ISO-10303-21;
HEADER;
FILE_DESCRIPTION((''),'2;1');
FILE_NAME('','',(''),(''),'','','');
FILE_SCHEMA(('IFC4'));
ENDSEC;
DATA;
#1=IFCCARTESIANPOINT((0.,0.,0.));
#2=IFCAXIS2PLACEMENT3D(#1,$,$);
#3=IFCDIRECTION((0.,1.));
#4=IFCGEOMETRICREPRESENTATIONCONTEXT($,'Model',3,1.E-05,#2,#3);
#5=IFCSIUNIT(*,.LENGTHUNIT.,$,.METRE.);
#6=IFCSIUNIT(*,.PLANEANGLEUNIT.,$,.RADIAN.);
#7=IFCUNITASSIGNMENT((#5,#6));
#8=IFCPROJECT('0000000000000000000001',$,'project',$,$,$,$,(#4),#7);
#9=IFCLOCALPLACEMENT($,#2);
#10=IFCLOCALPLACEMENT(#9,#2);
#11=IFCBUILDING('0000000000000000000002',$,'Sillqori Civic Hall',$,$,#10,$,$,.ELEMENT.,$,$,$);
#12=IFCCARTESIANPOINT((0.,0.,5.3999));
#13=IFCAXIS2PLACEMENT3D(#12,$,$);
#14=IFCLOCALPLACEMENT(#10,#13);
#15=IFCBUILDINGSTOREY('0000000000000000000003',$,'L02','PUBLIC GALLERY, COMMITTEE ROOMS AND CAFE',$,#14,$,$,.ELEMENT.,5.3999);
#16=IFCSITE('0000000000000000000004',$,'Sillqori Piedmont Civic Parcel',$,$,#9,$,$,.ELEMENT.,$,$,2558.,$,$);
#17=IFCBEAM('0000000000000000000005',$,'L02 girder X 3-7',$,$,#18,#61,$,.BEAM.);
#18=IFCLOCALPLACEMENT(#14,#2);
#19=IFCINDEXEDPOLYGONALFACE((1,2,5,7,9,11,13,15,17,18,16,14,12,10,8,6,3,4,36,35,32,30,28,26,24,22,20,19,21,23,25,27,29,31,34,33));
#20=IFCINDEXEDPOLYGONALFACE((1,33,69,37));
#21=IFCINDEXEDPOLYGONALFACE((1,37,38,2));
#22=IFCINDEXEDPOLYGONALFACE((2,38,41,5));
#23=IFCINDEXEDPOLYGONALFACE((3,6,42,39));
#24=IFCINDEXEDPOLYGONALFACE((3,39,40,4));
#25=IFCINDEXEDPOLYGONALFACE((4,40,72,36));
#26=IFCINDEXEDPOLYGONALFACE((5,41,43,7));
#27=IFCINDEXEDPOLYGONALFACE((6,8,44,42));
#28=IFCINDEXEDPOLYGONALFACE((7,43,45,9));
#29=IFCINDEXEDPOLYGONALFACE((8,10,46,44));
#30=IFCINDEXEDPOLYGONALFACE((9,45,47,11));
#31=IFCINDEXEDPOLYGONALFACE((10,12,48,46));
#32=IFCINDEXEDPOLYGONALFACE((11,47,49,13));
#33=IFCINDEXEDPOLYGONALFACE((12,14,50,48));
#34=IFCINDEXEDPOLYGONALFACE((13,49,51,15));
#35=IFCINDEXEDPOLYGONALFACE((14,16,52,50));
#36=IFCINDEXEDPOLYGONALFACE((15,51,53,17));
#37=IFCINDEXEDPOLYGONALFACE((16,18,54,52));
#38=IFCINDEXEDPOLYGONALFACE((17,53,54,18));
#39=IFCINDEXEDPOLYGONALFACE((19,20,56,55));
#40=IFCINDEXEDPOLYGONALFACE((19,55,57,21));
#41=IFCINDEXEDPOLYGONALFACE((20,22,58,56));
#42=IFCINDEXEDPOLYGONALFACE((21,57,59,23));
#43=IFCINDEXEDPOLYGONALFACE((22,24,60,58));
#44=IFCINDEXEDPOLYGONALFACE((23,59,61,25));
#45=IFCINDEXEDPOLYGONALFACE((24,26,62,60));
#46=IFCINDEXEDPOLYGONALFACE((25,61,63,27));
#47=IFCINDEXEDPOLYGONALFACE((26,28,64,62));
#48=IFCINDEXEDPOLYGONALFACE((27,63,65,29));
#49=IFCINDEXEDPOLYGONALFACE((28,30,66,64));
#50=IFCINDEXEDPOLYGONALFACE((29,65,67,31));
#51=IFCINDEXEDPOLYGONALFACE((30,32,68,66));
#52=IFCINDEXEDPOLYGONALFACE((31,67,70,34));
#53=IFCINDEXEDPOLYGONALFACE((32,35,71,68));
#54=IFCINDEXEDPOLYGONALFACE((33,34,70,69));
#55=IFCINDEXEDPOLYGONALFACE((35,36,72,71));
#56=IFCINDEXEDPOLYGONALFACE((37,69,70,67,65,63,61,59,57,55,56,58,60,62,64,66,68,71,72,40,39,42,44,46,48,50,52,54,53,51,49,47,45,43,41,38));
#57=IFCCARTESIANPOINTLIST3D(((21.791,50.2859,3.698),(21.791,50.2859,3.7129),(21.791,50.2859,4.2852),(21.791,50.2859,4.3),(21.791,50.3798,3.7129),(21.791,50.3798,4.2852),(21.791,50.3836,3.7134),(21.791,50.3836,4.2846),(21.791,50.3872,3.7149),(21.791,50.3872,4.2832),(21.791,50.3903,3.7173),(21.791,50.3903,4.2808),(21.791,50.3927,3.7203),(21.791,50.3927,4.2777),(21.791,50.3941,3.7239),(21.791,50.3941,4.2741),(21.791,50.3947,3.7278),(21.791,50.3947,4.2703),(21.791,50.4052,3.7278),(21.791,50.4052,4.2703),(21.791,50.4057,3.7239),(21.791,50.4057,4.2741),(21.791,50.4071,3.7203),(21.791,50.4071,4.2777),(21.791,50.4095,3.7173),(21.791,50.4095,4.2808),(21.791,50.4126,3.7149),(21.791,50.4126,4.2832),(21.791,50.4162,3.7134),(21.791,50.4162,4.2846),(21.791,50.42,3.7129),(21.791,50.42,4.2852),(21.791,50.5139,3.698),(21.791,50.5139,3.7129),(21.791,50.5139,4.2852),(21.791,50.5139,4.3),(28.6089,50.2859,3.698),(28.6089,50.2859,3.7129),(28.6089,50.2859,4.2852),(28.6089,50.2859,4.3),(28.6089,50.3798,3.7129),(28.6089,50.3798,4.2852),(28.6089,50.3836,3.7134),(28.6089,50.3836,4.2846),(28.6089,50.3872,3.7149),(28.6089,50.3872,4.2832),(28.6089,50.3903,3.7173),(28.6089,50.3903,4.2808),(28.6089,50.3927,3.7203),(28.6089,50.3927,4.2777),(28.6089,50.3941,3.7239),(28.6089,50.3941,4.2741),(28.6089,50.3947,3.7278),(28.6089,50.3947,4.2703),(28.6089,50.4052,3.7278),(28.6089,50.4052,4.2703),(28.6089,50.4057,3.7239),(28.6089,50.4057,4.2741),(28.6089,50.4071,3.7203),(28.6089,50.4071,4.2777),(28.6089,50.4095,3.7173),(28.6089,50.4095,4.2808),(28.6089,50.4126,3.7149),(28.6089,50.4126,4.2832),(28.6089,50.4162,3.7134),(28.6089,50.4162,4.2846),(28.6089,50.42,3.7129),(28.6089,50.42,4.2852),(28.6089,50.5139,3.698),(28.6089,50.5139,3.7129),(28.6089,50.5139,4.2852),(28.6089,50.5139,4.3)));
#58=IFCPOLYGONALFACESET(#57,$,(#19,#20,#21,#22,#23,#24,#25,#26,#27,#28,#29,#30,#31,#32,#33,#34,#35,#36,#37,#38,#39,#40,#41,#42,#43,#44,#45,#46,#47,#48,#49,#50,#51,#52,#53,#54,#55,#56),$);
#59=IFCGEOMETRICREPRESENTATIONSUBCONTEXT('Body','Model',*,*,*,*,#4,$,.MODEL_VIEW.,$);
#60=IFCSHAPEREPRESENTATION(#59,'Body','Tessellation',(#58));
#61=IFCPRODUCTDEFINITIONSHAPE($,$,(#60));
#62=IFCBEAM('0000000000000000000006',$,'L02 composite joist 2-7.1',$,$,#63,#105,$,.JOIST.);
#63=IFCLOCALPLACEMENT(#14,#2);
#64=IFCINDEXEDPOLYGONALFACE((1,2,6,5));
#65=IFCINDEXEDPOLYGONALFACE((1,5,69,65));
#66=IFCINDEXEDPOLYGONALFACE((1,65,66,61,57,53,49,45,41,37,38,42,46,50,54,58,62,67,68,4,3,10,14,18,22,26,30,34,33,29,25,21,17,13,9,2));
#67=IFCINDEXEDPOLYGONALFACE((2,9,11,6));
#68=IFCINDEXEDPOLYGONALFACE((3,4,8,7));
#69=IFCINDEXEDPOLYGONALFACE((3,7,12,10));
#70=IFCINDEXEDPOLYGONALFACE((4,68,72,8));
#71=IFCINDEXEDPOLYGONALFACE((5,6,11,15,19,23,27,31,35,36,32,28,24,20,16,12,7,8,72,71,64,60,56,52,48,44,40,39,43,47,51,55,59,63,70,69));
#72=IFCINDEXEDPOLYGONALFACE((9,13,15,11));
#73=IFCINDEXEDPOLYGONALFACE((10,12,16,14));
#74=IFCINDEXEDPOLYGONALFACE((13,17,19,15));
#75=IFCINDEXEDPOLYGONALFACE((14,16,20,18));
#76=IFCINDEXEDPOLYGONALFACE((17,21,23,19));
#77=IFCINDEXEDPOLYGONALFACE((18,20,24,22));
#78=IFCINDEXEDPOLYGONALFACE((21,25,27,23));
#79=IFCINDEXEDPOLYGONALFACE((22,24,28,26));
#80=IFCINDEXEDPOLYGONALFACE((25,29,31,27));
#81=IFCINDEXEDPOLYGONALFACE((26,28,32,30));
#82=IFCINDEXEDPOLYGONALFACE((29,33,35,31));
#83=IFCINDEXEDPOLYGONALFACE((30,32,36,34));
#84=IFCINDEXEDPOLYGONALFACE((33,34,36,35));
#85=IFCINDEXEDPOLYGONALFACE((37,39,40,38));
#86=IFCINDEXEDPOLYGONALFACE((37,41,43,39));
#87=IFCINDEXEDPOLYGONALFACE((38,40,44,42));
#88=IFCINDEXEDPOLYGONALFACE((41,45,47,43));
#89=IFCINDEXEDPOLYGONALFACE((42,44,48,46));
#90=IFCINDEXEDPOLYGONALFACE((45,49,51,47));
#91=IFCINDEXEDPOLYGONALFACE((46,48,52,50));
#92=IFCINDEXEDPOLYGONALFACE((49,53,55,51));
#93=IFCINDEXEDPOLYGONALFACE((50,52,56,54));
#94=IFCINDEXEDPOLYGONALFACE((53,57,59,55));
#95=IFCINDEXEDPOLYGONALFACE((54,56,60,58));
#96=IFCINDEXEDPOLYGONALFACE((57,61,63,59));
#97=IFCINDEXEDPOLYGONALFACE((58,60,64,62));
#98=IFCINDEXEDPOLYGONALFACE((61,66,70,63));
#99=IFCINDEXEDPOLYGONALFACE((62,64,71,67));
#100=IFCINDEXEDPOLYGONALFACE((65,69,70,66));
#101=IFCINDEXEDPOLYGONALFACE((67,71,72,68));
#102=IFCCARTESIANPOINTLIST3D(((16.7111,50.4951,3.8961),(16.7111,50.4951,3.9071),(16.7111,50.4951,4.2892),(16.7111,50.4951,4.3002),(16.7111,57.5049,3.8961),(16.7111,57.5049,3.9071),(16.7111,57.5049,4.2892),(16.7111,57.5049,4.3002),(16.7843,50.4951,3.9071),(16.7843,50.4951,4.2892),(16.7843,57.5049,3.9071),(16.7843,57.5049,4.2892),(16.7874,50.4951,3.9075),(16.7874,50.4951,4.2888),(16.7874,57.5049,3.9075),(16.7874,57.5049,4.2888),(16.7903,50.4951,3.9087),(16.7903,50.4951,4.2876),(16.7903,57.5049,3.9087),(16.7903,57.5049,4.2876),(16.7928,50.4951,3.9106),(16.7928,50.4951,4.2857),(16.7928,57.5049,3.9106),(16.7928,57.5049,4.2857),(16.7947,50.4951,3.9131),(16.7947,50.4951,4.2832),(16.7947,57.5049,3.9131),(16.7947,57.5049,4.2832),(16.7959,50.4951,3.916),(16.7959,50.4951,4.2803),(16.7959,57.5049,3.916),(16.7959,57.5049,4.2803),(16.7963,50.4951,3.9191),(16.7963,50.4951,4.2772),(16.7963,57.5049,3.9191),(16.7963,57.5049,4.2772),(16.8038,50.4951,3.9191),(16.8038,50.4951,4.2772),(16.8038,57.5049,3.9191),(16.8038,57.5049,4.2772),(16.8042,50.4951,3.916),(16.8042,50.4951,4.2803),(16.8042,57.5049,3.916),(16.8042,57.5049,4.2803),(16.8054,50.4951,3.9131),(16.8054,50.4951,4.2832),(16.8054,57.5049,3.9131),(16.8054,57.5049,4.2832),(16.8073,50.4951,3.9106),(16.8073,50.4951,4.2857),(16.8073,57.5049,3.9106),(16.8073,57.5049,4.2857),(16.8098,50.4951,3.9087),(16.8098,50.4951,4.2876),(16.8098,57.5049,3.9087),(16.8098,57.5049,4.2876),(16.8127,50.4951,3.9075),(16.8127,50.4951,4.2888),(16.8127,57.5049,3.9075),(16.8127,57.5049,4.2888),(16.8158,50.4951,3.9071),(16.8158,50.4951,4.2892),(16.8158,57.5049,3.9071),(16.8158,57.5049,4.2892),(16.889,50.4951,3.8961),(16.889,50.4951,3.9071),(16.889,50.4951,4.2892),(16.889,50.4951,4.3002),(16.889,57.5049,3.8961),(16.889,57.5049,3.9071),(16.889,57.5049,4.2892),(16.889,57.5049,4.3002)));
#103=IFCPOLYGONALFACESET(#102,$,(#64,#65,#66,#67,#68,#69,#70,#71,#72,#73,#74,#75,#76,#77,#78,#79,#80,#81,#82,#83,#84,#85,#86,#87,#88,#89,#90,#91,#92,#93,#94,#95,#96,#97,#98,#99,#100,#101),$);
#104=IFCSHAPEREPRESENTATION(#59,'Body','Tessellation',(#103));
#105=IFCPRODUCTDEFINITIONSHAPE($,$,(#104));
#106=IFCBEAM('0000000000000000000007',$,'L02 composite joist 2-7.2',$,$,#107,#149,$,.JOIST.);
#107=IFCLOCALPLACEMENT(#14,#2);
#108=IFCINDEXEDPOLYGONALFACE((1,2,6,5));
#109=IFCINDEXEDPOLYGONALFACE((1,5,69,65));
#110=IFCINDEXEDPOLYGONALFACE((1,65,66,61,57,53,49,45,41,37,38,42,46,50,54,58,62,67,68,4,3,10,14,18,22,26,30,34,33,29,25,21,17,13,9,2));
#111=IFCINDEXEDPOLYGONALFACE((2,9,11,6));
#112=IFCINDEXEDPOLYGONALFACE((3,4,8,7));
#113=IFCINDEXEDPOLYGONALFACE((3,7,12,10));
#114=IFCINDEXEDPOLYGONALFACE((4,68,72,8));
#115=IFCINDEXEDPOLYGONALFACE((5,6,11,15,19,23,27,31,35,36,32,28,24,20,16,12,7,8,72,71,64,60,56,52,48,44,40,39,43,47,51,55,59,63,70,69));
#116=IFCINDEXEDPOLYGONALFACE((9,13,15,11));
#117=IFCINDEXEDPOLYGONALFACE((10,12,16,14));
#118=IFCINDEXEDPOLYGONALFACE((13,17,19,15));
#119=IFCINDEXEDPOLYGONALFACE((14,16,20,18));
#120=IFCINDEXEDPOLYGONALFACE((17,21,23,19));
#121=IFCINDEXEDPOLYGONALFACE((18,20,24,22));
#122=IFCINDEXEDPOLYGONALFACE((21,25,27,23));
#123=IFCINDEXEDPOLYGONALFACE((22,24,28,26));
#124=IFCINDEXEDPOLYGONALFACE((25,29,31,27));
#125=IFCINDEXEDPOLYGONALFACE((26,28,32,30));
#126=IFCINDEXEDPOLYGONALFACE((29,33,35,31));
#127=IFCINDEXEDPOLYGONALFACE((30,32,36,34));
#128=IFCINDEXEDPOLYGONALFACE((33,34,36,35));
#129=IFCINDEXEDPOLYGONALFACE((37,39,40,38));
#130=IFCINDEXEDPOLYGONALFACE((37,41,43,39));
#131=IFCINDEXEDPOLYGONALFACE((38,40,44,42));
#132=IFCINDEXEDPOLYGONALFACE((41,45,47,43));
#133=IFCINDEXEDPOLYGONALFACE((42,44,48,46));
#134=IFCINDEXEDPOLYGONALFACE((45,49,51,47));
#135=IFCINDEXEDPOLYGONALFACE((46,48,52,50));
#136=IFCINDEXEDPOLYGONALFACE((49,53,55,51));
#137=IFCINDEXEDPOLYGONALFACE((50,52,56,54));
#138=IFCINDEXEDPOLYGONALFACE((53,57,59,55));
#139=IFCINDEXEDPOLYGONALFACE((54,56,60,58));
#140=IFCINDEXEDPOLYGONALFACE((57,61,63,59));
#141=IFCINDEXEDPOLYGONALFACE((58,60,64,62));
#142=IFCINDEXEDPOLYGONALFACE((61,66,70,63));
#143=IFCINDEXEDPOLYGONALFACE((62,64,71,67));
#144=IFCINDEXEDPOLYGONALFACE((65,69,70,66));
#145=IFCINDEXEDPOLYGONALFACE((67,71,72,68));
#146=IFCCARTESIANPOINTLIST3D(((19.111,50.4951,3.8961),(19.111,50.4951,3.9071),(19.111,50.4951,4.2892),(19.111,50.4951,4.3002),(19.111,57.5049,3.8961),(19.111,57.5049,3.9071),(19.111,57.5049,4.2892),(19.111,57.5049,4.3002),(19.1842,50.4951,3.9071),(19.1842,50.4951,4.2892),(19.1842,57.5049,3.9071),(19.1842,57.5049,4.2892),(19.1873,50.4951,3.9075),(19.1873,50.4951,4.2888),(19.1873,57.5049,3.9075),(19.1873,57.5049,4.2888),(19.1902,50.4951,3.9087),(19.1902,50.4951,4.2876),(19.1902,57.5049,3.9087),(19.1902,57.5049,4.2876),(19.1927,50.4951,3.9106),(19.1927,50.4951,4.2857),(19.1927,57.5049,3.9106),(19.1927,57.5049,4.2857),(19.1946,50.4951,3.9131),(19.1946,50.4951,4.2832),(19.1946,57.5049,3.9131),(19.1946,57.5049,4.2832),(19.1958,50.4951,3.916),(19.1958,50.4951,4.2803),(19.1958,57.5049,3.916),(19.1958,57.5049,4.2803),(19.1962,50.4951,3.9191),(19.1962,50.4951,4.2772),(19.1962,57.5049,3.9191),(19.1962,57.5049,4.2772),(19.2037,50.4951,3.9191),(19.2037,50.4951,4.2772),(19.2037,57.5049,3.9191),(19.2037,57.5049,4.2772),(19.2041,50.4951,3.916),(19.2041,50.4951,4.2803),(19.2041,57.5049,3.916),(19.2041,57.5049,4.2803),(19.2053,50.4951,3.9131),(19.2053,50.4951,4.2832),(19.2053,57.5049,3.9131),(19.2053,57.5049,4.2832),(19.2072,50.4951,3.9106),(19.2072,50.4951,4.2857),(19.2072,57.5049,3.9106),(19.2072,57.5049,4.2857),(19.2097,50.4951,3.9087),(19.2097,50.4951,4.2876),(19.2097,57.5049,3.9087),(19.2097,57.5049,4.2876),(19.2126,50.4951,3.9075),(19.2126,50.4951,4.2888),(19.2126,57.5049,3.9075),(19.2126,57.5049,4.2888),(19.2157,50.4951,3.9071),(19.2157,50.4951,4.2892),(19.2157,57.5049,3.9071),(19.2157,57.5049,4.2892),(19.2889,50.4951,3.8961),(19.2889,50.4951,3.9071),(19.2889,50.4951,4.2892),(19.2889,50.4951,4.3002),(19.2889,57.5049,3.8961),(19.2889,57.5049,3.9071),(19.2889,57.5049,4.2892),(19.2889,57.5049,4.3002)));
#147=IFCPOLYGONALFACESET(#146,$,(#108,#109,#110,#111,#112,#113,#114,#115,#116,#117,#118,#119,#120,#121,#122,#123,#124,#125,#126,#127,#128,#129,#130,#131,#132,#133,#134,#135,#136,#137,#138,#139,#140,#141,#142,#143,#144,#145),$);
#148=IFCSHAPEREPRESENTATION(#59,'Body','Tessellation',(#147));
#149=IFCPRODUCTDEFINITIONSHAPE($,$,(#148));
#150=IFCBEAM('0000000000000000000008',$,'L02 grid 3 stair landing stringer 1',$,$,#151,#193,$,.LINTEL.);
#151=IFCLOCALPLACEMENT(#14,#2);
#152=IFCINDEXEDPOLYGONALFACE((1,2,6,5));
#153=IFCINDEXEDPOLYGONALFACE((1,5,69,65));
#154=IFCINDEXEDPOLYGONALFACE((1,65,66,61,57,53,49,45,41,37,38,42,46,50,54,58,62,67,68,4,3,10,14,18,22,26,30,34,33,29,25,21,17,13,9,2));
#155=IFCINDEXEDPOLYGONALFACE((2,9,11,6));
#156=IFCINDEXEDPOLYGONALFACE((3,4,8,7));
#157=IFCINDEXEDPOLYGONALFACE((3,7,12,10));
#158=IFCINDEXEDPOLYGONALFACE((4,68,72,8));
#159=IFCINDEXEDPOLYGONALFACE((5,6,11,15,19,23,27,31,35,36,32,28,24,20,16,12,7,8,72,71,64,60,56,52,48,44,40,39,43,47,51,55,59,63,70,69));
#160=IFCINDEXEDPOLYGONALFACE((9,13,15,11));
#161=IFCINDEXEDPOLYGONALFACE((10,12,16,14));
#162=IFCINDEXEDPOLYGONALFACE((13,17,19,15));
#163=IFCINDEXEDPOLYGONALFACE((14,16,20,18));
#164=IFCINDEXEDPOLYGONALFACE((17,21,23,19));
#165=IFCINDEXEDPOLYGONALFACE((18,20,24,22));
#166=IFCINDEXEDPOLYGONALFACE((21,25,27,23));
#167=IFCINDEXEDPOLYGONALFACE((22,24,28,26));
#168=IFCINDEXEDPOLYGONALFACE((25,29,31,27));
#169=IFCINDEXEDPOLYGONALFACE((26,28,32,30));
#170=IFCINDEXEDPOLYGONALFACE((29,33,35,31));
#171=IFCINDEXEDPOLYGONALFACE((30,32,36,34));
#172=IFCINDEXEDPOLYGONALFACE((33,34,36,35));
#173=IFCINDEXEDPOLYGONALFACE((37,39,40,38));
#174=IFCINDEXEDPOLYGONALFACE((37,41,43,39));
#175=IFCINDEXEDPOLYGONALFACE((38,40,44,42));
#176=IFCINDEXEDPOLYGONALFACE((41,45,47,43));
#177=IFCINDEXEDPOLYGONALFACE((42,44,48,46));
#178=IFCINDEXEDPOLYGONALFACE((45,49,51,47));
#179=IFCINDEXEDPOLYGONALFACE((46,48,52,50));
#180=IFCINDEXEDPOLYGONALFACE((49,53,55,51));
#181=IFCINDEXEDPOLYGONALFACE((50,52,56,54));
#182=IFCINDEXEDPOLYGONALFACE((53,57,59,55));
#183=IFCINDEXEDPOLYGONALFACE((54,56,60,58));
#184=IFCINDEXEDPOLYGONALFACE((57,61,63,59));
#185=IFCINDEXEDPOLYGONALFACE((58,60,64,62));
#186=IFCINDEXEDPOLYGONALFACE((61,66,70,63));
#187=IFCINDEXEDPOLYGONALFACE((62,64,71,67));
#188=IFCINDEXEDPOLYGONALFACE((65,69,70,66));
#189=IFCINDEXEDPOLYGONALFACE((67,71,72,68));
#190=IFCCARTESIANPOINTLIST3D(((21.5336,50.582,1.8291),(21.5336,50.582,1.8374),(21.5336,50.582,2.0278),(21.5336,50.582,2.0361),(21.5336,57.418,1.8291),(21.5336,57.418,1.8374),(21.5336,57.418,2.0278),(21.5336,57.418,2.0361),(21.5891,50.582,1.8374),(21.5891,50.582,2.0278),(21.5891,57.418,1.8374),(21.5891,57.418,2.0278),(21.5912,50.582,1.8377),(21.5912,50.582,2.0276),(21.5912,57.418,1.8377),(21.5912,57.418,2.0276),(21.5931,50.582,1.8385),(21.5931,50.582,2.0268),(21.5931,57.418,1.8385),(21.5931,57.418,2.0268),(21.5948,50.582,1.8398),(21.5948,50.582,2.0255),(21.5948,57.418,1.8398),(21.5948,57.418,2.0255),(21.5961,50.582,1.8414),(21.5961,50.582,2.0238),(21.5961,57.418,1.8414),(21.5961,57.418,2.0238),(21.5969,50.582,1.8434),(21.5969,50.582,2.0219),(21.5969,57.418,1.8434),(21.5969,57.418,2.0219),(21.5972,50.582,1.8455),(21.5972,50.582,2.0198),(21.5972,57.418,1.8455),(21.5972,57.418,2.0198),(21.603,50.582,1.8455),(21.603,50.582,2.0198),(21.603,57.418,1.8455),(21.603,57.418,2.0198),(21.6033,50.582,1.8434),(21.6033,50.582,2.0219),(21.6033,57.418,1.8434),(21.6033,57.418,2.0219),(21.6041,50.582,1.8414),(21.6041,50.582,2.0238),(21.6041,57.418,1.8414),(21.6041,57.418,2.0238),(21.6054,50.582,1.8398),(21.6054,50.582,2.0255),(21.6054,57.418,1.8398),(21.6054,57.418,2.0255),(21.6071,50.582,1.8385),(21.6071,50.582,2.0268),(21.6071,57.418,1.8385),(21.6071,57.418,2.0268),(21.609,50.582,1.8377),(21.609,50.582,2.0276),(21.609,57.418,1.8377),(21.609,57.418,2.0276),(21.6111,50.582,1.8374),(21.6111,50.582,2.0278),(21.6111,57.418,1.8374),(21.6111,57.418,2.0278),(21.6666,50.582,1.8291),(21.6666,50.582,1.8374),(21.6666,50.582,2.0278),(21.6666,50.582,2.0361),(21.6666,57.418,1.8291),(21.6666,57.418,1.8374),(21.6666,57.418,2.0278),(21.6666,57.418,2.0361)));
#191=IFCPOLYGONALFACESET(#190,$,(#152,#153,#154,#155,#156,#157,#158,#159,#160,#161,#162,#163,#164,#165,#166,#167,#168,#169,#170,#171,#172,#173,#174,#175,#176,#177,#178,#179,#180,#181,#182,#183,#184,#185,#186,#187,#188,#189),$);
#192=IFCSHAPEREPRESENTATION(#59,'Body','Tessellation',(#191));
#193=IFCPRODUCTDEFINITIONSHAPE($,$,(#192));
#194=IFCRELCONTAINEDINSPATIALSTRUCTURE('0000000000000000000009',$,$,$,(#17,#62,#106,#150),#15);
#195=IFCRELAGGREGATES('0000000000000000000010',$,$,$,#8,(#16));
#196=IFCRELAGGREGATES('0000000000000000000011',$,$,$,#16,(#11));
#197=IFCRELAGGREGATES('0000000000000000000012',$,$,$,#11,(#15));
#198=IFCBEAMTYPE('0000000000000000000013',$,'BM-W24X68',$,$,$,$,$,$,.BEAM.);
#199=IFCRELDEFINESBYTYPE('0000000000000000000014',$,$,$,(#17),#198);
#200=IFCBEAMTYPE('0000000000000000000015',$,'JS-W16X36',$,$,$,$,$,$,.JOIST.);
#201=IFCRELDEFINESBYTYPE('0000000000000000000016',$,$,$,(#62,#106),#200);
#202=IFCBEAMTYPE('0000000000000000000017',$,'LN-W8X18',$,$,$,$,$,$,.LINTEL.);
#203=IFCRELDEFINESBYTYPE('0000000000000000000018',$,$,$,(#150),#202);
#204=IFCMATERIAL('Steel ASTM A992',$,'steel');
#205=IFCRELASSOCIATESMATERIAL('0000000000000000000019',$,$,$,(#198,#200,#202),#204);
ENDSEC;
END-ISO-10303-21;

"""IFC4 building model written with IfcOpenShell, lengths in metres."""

from ifc_helpers import new_model, si_unit, direction, frame, origin, origin_2d, place, context, subcontext, project, spatial, i_section, extrude, material, material_profile, profile_set, type_object, element, save


model = new_model("IFC4")

# Units and contexts
model_context = context("Model", 3, precision=1e-05, world=origin(), true_north=direction((0.0, 1.0)))
body_context = subcontext(model_context, "Body", "Model", "MODEL_VIEW")
ifc_project = project(units=[si_unit("LENGTHUNIT", "METRE"), si_unit("PLANEANGLEUNIT", "RADIAN")], contexts=[model_context])

# Site, building, storey
site_placement = place(None, origin())
site = spatial("IfcSite", under=ifc_project, at=site_placement, Name="Sillqori Piedmont Civic Parcel", CompositionType="ELEMENT", RefElevation=2558.0)
building_placement = place(site_placement, origin())
building = spatial("IfcBuilding", under=site, at=building_placement, Name="Sillqori Civic Hall", CompositionType="ELEMENT")
storey_placement = place(building_placement, frame((0.0, 0.0, 5.3999)))
storey = spatial("IfcBuildingStorey", under=building, at=storey_placement, Name="L02", Description="PUBLIC GALLERY, COMMITTEE ROOMS AND CAFE", CompositionType="ELEMENT", Elevation=5.3999)

# Shared definitions
ifc_material_1 = material(Name="Steel ASTM A992", Category="steel")

# Beams
ifc_material_profile_1 = material_profile(ifc_material_1, i_section(OverallWidth=0.228, OverallDepth=0.6021, WebThickness=0.0105, FlangeThickness=0.0149, FilletRadius=0.0149, at=origin_2d()), Name="W24X68")
ifc_profile_set_1 = profile_set([ifc_material_profile_1], Name="Steel ASTM A992")
beam_type_1 = type_object("IfcBeamType", Name="BM-W24X68", PredefinedType="BEAM", material=ifc_profile_set_1)
for number, where, z_axis, x_axis, name in (
    (1, (21.791, 50.3999, 3.999), (1.0, 0.0, 0.0), (0.0, 1.0, 0.0), "L02 girder X 3-7"),
):
    element("IfcBeam", number, at=place(storey_placement, frame(where, z_axis=z_axis, x_axis=x_axis)), inside=storey, type_object=beam_type_1, Name=name, PredefinedType="BEAM", context=body_context, shape_type="SweptSolid", body=[
        extrude(i_section(OverallWidth=0.228, OverallDepth=0.6021, WebThickness=0.0105, FlangeThickness=0.0149, FilletRadius=0.0149, at=origin_2d()), origin(), (0.0, 0.0, 1.0), 6.8179),
    ])
ifc_material_profile_2 = material_profile(ifc_material_1, i_section(OverallWidth=0.178, OverallDepth=0.4041, WebThickness=0.0076, FlangeThickness=0.011, FilletRadius=0.012, at=origin_2d()), Name="W16X36")
ifc_profile_set_2 = profile_set([ifc_material_profile_2], Name="Steel ASTM A992")
beam_type_2 = type_object("IfcBeamType", Name="JS-W16X36", PredefinedType="JOIST", material=ifc_profile_set_2)
for number, where, z_axis, x_axis, name in (
    (2, (16.8, 50.4951, 4.0981), (0.0, 1.0, 0.0), (-1.0, 0.0, 0.0), "L02 composite joist 2-7.1"),
    (3, (19.2, 50.4951, 4.0981), (0.0, 1.0, 0.0), (-1.0, 0.0, 0.0), "L02 composite joist 2-7.2"),
):
    element("IfcBeam", number, at=place(storey_placement, frame(where, z_axis=z_axis, x_axis=x_axis)), inside=storey, type_object=beam_type_2, Name=name, PredefinedType="JOIST", context=body_context, shape_type="SweptSolid", body=[
        extrude(i_section(OverallWidth=0.178, OverallDepth=0.4041, WebThickness=0.0076, FlangeThickness=0.011, FilletRadius=0.012, at=origin_2d()), origin(), (0.0, 0.0, 1.0), 7.0098),
    ])
ifc_material_profile_3 = material_profile(ifc_material_1, i_section(OverallWidth=0.1331, OverallDepth=0.207, WebThickness=0.0059, FlangeThickness=0.0083, FilletRadius=0.0081, at=origin_2d()), Name="W8X18")
ifc_profile_set_3 = profile_set([ifc_material_profile_3], Name="Steel ASTM A992")
beam_type_3 = type_object("IfcBeamType", Name="LN-W8X18", PredefinedType="LINTEL", material=ifc_profile_set_3)
beam_placement = place(storey_placement, frame((21.6001, 50.582, 1.9326), z_axis=(0.0, 1.0, 0.0), x_axis=(-1.0, 0.0, 0.0)))
element("IfcBeam", 4, at=beam_placement, inside=storey, type_object=beam_type_3, Name="L02 grid 3 stair landing stringer 1", PredefinedType="LINTEL", context=body_context, shape_type="SweptSolid", body=[
    extrude(i_section(OverallWidth=0.1331, OverallDepth=0.207, WebThickness=0.0059, FlangeThickness=0.0083, FilletRadius=0.0081, at=origin_2d()), origin(), (0.0, 0.0, 1.0), 6.8359),
])

save(model, "model.ifc")
